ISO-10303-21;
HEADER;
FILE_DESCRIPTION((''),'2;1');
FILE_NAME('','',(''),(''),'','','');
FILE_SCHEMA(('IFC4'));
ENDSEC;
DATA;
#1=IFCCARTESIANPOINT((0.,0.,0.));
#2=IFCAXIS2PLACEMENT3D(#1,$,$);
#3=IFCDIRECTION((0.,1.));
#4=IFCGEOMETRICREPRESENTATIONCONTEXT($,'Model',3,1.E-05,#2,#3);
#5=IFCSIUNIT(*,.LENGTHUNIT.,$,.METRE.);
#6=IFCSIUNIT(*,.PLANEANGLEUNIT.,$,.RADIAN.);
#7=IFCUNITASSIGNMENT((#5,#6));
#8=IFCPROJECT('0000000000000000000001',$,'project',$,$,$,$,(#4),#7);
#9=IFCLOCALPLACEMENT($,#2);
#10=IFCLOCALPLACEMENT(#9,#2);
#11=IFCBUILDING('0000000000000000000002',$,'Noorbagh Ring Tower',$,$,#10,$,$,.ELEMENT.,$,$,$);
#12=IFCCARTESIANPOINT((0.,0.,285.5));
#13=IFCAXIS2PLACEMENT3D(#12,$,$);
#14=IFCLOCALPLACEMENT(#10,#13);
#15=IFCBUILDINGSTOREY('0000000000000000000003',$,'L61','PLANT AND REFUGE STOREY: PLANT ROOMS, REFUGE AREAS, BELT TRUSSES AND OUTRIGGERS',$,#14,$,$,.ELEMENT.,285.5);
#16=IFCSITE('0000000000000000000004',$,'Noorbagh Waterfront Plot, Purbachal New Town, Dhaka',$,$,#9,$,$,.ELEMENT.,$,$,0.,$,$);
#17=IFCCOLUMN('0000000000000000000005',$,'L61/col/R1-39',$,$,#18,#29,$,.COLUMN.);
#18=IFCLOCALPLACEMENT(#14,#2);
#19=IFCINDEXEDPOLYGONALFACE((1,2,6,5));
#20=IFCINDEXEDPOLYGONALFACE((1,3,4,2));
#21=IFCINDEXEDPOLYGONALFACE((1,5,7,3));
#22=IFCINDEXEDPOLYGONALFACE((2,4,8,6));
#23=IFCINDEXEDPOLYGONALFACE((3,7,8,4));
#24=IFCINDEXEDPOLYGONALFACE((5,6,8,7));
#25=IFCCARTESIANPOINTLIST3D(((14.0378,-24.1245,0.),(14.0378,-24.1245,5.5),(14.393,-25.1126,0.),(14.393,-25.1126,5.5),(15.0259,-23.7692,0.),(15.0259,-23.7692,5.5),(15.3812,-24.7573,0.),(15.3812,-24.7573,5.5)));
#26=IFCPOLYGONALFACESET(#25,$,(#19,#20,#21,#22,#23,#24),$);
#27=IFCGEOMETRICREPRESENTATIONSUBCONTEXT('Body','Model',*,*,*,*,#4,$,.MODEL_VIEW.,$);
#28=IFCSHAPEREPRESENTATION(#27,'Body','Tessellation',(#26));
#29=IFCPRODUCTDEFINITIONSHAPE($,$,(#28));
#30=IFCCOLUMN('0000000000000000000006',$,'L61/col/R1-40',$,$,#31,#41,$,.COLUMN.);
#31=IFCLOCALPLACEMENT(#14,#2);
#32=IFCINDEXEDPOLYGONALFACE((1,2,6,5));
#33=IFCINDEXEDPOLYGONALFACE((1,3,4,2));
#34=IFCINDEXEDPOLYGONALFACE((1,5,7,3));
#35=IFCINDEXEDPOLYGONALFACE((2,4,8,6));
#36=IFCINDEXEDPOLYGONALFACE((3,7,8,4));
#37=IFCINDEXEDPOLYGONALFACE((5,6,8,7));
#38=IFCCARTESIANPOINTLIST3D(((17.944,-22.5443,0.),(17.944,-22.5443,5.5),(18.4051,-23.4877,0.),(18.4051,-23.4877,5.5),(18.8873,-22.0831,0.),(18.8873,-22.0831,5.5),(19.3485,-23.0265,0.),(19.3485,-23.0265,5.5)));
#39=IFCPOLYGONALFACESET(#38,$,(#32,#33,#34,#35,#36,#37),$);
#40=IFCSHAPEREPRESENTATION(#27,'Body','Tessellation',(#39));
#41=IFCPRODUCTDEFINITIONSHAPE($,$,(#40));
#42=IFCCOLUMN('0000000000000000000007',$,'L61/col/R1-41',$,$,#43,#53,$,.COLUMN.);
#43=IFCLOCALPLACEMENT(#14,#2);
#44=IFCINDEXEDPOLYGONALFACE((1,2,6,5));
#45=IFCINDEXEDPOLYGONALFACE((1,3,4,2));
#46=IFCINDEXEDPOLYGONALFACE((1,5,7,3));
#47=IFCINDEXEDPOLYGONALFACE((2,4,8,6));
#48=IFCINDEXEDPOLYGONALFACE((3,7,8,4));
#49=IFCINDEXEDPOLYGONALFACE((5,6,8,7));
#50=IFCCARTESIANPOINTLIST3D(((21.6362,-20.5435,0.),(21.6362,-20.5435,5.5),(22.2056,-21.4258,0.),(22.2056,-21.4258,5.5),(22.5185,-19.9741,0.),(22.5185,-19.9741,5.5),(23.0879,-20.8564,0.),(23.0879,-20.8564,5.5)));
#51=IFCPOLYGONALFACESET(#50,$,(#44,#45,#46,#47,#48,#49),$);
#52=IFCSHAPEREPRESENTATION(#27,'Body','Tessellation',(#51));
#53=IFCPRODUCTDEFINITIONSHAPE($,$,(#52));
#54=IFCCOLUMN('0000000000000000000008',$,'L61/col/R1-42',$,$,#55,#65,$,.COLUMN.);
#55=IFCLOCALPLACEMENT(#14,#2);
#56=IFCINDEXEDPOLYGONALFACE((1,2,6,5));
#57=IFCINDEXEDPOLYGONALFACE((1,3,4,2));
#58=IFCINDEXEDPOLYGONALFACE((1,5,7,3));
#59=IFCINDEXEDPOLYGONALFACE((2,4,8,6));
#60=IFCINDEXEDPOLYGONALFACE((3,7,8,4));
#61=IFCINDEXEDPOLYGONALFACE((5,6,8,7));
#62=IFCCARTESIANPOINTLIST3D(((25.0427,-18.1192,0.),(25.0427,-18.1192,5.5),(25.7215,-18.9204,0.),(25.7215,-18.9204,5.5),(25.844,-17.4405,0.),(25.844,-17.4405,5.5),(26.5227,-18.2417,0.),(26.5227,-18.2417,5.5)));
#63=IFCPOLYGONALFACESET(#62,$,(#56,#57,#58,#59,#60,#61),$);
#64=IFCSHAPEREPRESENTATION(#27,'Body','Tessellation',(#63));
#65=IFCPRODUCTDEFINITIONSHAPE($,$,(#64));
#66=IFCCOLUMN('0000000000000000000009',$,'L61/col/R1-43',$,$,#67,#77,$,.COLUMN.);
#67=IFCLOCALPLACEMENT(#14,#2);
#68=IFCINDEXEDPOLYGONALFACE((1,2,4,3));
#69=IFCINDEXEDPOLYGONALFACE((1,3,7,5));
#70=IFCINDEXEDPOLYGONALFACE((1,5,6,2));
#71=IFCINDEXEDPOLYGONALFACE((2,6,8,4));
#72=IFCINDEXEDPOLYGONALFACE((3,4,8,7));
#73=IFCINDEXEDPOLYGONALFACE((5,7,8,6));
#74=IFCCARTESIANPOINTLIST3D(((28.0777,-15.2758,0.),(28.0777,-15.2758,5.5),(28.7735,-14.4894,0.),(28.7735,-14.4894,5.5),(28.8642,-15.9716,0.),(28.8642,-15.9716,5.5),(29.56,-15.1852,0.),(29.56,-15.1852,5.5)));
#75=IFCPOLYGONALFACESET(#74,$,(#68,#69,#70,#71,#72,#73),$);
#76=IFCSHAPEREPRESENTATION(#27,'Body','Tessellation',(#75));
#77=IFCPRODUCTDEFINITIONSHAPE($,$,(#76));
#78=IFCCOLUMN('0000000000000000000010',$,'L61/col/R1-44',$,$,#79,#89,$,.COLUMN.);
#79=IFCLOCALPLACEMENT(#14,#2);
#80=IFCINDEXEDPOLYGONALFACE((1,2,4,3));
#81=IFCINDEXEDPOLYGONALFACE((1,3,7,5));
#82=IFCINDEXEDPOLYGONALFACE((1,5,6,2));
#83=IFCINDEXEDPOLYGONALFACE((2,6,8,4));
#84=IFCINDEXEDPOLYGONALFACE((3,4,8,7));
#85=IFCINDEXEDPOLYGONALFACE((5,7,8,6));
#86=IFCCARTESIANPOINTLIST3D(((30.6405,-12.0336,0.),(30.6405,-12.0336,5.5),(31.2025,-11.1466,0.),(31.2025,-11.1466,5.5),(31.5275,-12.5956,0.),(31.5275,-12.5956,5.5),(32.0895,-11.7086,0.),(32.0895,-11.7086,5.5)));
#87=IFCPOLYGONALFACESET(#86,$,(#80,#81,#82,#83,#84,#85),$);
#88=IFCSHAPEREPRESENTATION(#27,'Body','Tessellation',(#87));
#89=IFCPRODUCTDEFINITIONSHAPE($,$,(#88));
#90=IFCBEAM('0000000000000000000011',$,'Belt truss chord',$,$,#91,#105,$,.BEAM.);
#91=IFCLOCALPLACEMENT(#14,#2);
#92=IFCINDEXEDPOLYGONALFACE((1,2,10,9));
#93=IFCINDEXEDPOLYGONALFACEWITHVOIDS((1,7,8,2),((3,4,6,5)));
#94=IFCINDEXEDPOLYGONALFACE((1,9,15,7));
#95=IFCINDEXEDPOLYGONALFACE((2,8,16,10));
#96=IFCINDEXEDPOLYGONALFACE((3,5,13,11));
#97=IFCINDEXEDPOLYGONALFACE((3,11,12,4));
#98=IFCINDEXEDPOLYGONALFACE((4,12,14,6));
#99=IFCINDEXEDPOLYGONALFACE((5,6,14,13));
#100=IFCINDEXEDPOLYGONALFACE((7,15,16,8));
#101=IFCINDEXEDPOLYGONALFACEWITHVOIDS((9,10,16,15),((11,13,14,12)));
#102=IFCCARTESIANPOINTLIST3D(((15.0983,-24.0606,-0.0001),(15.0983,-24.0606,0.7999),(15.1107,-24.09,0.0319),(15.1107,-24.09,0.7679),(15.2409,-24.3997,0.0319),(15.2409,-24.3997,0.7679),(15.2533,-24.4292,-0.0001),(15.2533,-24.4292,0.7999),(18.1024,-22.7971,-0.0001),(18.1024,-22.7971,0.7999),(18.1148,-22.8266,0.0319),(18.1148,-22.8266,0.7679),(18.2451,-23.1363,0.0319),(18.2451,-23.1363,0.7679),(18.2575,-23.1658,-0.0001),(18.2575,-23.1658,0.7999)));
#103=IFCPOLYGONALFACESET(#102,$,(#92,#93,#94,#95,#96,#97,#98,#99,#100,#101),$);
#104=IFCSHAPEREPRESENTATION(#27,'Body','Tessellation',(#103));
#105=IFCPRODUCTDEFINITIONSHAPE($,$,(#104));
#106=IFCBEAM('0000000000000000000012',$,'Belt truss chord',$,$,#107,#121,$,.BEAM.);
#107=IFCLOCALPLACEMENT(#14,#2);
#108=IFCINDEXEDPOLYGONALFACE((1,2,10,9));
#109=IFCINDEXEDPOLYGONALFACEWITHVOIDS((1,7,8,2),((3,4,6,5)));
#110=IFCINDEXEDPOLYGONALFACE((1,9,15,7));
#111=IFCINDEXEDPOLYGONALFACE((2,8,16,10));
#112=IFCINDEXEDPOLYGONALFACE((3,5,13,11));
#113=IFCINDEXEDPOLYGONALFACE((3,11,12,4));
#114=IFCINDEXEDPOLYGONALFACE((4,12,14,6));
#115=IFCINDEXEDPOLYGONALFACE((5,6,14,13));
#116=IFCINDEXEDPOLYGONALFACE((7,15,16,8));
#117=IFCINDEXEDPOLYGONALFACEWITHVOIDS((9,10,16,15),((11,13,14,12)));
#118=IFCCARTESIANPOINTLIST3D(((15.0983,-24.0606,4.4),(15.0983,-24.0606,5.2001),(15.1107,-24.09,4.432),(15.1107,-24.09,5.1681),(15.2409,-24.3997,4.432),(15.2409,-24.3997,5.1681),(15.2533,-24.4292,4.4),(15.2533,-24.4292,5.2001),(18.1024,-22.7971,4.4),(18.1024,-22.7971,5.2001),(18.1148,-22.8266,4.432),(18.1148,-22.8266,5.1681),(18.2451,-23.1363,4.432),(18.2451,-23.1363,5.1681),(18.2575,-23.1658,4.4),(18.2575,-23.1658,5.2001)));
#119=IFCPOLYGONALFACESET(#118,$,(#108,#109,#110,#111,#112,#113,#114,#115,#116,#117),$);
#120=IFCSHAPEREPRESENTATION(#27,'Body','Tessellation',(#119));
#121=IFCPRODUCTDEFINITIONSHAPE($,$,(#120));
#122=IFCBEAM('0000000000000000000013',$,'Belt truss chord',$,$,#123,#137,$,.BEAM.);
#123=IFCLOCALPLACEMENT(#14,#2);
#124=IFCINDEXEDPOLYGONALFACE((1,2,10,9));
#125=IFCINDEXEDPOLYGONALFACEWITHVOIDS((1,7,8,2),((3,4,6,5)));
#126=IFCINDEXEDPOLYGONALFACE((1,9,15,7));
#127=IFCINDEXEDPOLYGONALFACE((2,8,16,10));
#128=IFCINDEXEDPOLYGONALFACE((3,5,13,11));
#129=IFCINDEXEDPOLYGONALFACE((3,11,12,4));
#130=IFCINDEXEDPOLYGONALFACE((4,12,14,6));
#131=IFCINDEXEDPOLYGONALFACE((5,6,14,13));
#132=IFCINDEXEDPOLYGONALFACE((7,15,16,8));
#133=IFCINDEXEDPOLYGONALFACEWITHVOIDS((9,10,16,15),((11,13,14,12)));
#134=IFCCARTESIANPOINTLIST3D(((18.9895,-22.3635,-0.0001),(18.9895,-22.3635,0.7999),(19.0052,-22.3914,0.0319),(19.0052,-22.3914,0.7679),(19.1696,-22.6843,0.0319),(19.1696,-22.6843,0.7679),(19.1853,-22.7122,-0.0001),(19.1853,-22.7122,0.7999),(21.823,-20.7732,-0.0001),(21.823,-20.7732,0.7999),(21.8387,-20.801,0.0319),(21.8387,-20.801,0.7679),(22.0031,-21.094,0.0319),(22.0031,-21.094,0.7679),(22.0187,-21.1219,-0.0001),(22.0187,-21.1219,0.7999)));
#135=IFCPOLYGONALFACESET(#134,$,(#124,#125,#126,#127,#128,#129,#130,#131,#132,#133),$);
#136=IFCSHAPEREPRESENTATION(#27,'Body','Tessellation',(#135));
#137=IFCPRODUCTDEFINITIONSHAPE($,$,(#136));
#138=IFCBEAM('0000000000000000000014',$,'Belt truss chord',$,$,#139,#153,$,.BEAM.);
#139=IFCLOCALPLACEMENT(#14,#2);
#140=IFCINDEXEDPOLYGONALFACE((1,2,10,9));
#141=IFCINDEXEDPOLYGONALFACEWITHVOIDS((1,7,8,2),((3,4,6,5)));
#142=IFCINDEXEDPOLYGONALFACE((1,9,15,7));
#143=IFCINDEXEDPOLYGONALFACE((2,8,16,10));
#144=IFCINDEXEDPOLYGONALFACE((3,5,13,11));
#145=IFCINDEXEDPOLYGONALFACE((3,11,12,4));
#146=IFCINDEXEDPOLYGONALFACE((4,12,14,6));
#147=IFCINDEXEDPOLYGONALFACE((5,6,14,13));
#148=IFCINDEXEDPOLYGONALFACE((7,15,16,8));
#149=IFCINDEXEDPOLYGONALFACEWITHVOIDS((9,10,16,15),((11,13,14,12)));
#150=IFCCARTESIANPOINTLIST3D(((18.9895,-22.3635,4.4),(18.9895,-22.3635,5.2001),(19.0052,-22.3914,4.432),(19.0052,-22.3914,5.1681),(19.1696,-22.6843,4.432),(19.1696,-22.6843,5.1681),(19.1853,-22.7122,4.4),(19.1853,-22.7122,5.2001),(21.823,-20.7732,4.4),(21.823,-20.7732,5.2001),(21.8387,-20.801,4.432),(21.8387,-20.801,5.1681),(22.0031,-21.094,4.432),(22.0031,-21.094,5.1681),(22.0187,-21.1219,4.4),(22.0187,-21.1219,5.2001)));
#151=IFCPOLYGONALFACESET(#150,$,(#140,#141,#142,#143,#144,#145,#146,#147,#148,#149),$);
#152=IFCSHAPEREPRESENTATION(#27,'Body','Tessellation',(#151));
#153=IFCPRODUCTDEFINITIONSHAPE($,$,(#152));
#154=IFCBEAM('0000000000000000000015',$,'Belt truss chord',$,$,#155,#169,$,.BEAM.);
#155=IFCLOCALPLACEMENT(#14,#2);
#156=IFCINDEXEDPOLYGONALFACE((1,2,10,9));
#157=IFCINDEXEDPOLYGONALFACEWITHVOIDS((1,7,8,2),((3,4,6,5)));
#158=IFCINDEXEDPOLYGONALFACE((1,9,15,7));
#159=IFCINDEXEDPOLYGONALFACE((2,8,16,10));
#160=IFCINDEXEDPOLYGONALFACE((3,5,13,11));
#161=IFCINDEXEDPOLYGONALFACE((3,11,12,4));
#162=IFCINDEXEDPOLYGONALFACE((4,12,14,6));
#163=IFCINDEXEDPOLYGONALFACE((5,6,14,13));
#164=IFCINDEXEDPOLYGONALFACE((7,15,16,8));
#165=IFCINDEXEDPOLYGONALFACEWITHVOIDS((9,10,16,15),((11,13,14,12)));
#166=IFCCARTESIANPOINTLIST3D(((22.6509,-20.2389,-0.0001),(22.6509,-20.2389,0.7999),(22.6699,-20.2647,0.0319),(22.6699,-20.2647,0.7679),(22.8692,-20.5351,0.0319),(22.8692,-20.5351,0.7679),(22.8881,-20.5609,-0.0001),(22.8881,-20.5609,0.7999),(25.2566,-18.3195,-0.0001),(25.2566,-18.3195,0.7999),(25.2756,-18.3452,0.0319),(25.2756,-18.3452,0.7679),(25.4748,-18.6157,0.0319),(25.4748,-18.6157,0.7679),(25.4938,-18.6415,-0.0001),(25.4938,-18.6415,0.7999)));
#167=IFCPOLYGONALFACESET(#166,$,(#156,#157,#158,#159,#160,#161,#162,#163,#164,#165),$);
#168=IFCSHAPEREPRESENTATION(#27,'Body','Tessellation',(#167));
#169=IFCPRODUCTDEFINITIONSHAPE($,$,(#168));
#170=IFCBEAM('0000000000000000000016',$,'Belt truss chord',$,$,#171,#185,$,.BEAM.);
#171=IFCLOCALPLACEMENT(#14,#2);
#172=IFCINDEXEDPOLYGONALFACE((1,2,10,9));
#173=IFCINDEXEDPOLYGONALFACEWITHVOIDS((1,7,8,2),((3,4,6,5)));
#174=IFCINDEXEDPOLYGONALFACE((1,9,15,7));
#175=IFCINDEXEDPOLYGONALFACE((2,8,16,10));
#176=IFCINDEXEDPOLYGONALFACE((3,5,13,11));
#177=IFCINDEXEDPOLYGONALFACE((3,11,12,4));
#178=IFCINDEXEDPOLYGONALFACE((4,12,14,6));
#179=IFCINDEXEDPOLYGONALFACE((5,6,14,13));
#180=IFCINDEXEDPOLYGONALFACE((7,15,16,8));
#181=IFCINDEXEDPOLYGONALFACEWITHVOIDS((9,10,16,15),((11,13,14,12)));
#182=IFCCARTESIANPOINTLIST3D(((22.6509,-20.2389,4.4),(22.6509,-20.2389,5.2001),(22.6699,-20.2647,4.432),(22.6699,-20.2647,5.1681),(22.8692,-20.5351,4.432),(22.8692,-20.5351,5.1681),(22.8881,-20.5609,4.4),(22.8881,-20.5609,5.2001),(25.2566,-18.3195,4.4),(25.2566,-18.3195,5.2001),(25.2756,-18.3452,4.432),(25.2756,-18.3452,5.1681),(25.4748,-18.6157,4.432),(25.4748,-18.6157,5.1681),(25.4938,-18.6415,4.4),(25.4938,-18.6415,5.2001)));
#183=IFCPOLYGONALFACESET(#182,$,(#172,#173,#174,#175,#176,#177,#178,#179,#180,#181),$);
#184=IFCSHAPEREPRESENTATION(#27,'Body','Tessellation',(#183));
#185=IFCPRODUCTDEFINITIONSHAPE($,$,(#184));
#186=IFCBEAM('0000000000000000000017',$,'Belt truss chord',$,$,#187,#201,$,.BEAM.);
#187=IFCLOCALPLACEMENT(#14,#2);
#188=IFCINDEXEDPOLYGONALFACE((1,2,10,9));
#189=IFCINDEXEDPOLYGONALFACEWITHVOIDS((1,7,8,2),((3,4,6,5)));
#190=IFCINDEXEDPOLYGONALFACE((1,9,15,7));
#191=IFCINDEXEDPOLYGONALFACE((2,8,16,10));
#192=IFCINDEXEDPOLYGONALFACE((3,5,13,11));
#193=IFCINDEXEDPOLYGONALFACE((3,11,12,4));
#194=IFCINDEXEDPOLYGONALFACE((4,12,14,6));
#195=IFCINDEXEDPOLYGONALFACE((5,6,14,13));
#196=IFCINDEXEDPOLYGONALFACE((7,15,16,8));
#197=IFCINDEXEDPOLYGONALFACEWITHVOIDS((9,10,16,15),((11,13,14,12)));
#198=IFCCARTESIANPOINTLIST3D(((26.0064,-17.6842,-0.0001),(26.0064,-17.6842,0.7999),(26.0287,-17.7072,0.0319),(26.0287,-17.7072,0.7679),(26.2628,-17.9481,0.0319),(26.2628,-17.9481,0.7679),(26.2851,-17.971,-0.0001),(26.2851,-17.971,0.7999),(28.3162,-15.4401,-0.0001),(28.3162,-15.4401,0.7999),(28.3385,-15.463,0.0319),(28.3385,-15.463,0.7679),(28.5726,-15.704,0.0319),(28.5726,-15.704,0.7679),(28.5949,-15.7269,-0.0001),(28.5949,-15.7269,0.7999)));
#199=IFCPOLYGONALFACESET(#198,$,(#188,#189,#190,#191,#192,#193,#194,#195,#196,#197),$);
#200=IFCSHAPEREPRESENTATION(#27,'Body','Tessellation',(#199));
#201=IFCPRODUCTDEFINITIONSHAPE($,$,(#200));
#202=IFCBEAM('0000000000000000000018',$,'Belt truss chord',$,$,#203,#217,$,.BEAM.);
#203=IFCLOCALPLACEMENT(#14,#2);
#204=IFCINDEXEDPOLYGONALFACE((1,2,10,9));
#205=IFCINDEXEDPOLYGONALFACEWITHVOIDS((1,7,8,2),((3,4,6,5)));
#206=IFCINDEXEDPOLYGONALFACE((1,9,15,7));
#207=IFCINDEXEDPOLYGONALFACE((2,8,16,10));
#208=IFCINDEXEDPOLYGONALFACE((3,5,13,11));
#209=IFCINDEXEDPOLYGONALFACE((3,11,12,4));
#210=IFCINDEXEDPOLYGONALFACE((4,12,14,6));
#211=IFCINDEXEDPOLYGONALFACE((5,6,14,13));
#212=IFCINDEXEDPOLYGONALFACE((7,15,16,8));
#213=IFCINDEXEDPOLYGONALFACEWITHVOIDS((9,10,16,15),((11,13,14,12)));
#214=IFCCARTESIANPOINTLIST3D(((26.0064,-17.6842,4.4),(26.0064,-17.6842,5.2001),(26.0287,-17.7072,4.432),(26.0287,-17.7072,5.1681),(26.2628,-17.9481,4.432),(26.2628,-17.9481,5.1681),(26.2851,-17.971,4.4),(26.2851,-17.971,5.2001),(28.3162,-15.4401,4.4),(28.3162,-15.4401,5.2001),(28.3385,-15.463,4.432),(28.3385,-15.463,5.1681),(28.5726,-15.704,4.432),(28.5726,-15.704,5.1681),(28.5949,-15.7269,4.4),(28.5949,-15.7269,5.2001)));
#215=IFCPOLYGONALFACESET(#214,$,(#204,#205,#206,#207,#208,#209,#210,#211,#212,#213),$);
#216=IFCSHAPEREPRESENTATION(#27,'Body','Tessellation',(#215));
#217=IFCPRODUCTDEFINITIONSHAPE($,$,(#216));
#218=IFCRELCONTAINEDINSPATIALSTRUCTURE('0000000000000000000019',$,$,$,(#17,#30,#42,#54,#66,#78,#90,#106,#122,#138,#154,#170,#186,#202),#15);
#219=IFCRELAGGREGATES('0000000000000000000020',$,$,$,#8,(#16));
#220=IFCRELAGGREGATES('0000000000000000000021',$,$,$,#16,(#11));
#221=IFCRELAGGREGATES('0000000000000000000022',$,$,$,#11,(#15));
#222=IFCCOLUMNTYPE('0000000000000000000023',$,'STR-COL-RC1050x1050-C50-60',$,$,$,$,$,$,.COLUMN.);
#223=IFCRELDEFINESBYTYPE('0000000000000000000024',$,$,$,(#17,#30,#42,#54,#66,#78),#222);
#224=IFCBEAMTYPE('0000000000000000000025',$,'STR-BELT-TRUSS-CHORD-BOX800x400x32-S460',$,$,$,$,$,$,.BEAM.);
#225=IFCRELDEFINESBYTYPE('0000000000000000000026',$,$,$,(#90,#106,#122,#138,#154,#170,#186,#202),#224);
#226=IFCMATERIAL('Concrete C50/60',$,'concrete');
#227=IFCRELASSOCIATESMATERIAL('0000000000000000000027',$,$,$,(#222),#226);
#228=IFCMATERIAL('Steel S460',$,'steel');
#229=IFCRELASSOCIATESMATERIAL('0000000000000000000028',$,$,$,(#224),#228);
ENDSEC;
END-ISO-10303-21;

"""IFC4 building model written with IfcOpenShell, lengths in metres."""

from ifc_helpers import new_model, si_unit, direction, frame, origin, origin_2d, place, context, subcontext, project, spatial, rectangle, hollow_rectangle, extrude, material, material_profile, profile_set, type_object, element, save


model = new_model("IFC4")

# Units and contexts
model_context = context("Model", 3, precision=1e-05, world=origin(), true_north=direction((0.0, 1.0)))
body_context = subcontext(model_context, "Body", "Model", "MODEL_VIEW")
ifc_project = project(units=[si_unit("LENGTHUNIT", "METRE"), si_unit("PLANEANGLEUNIT", "RADIAN")], contexts=[model_context])

# Site, building, storey
site_placement = place(None, origin())
site = spatial("IfcSite", under=ifc_project, at=site_placement, Name="Noorbagh Waterfront Plot, Purbachal New Town, Dhaka", CompositionType="ELEMENT", RefElevation=0.0)
building_placement = place(site_placement, origin())
building = spatial("IfcBuilding", under=site, at=building_placement, Name="Noorbagh Ring Tower", CompositionType="ELEMENT")
storey_placement = place(building_placement, frame((0.0, 0.0, 285.5)))
storey = spatial("IfcBuildingStorey", under=building, at=storey_placement, Name="L61", Description="PLANT AND REFUGE STOREY: PLANT ROOMS, REFUGE AREAS, BELT TRUSSES AND OUTRIGGERS", CompositionType="ELEMENT", Elevation=285.5)

# Columns
ifc_material_1 = material(Name="Concrete C50/60", Category="concrete")
ifc_material_profile_1 = material_profile(ifc_material_1, rectangle(XDim=1.05, YDim=1.05, at=origin_2d()), Name="RC1050x1050")
ifc_profile_set_1 = profile_set([ifc_material_profile_1], Name="Concrete C50/60")
column_type = type_object("IfcColumnType", Name="STR-COL-RC1050x1050-C50-60", PredefinedType="COLUMN", material=ifc_profile_set_1)
for number, where, z_axis, x_axis, name in (
    (1, (14.7095, -24.4409, 0.0), (0.0, 0.0, 1.0), (0.941025, 0.338338, 0.0), "L61/col/R1-39"),
    (2, (18.6462, -22.7854, 0.0), (0.0, 0.0, 1.0), (0.898399, 0.43918, 0.0), "L61/col/R1-40"),
    (3, (22.3621, -20.7, 0.0), (0.0, 0.0, 1.0), (0.840248, 0.542203, 0.0), "L61/col/R1-41"),
    (4, (25.7827, -18.1804, 0.0), (0.0, 0.0, 1.0), (0.763035, 0.646357, 0.0), "L61/col/R1-42"),
    (5, (28.8188, -15.2305, 0.0), (0.0, 0.0, 1.0), (0.662636, 0.748942, 0.0), "L61/col/R1-43"),
    (6, (31.365, -11.8711, 0.0), (0.0, 0.0, 1.0), (0.53519, 0.844731, 0.0), "L61/col/R1-44"),
):
    element("IfcColumn", number, at=place(storey_placement, frame(where, z_axis=z_axis, x_axis=x_axis)), inside=storey, type_object=column_type, Name=name, PredefinedType="COLUMN", context=body_context, shape_type="SweptSolid", body=[
        extrude(rectangle(XDim=1.05, YDim=1.05, at=origin_2d()), origin(), (0.0, 0.0, 1.0), 5.5),
    ])

# Beams
ifc_material_2 = material(Name="Steel S460", Category="steel")
ifc_material_profile_2 = material_profile(ifc_material_2, hollow_rectangle(XDim=0.3999, YDim=0.8, WallThickness=0.032, at=origin_2d()), Name="BOX800x400x32")
ifc_profile_set_2 = profile_set([ifc_material_profile_2], Name="Steel S460")
beam_type_1 = type_object("IfcBeamType", Name="STR-BELT-TRUSS-CHORD-BOX800x400x32-S460", PredefinedType="BEAM", material=ifc_profile_set_2)
for number, where, z_axis, x_axis, name in (
    (7, (15.1758, -24.2449, 0.3999), (0.921797, 0.387672, 0.0), (-0.387672, 0.921797, 0.0), "Belt truss chord"),
    (8, (15.1758, -24.2449, 4.8), (0.921797, 0.387672, 0.0), (-0.387672, 0.921797, 0.0), "Belt truss chord"),
):
    element("IfcBeam", number, at=place(storey_placement, frame(where, z_axis=z_axis, x_axis=x_axis)), inside=storey, type_object=beam_type_1, Name=name, PredefinedType="BEAM", context=body_context, shape_type="SweptSolid", body=[
        extrude(hollow_rectangle(XDim=0.3999, YDim=0.8, WallThickness=0.032, at=origin_2d()), origin(), (0.0, 0.0, 1.0), 3.259),
    ])
for number, where, z_axis, x_axis, name in (
    (9, (19.0874, -22.5378, 0.3999), (0.872037, 0.489441, 0.0), (-0.489441, 0.872037, 0.0), "Belt truss chord"),
    (10, (19.0874, -22.5378, 4.8), (0.872037, 0.489441, 0.0), (-0.489441, 0.872037, 0.0), "Belt truss chord"),
):
    element("IfcBeam", number, at=place(storey_placement, frame(where, z_axis=z_axis, x_axis=x_axis)), inside=storey, type_object=beam_type_1, Name=name, PredefinedType="BEAM", context=body_context, shape_type="SweptSolid", body=[
        extrude(hollow_rectangle(XDim=0.3999, YDim=0.8, WallThickness=0.032, at=origin_2d()), origin(), (0.0, 0.0, 1.0), 3.2493),
    ])
for number, where, z_axis, x_axis, name in (
    (11, (22.7695, -20.3999, 0.3999), (0.805139, 0.593086, 0.0), (-0.593086, 0.805139, 0.0), "Belt truss chord"),
    (12, (22.7695, -20.3999, 4.8), (0.805139, 0.593086, 0.0), (-0.593086, 0.805139, 0.0), "Belt truss chord"),
):
    element("IfcBeam", number, at=place(storey_placement, frame(where, z_axis=z_axis, x_axis=x_axis)), inside=storey, type_object=beam_type_1, Name=name, PredefinedType="BEAM", context=body_context, shape_type="SweptSolid", body=[
        extrude(hollow_rectangle(XDim=0.3999, YDim=0.8, WallThickness=0.032, at=origin_2d()), origin(), (0.0, 0.0, 1.0), 3.2363),
    ])
for number, where, z_axis, x_axis, name in (
    (13, (26.1458, -17.8276, 0.3999), (0.71723, 0.696837, 0.0), (-0.696837, 0.71723, 0.0), "Belt truss chord"),
    (14, (26.1458, -17.8276, 4.8), (0.71723, 0.696837, 0.0), (-0.696837, 0.71723, 0.0), "Belt truss chord"),
):
    element("IfcBeam", number, at=place(storey_placement, frame(where, z_axis=z_axis, x_axis=x_axis)), inside=storey, type_object=beam_type_1, Name=name, PredefinedType="BEAM", context=body_context, shape_type="SweptSolid", body=[
        extrude(hollow_rectangle(XDim=0.3999, YDim=0.8, WallThickness=0.032, at=origin_2d()), origin(), (0.0, 0.0, 1.0), 3.2205),
    ])

save(model, "model.ifc")
